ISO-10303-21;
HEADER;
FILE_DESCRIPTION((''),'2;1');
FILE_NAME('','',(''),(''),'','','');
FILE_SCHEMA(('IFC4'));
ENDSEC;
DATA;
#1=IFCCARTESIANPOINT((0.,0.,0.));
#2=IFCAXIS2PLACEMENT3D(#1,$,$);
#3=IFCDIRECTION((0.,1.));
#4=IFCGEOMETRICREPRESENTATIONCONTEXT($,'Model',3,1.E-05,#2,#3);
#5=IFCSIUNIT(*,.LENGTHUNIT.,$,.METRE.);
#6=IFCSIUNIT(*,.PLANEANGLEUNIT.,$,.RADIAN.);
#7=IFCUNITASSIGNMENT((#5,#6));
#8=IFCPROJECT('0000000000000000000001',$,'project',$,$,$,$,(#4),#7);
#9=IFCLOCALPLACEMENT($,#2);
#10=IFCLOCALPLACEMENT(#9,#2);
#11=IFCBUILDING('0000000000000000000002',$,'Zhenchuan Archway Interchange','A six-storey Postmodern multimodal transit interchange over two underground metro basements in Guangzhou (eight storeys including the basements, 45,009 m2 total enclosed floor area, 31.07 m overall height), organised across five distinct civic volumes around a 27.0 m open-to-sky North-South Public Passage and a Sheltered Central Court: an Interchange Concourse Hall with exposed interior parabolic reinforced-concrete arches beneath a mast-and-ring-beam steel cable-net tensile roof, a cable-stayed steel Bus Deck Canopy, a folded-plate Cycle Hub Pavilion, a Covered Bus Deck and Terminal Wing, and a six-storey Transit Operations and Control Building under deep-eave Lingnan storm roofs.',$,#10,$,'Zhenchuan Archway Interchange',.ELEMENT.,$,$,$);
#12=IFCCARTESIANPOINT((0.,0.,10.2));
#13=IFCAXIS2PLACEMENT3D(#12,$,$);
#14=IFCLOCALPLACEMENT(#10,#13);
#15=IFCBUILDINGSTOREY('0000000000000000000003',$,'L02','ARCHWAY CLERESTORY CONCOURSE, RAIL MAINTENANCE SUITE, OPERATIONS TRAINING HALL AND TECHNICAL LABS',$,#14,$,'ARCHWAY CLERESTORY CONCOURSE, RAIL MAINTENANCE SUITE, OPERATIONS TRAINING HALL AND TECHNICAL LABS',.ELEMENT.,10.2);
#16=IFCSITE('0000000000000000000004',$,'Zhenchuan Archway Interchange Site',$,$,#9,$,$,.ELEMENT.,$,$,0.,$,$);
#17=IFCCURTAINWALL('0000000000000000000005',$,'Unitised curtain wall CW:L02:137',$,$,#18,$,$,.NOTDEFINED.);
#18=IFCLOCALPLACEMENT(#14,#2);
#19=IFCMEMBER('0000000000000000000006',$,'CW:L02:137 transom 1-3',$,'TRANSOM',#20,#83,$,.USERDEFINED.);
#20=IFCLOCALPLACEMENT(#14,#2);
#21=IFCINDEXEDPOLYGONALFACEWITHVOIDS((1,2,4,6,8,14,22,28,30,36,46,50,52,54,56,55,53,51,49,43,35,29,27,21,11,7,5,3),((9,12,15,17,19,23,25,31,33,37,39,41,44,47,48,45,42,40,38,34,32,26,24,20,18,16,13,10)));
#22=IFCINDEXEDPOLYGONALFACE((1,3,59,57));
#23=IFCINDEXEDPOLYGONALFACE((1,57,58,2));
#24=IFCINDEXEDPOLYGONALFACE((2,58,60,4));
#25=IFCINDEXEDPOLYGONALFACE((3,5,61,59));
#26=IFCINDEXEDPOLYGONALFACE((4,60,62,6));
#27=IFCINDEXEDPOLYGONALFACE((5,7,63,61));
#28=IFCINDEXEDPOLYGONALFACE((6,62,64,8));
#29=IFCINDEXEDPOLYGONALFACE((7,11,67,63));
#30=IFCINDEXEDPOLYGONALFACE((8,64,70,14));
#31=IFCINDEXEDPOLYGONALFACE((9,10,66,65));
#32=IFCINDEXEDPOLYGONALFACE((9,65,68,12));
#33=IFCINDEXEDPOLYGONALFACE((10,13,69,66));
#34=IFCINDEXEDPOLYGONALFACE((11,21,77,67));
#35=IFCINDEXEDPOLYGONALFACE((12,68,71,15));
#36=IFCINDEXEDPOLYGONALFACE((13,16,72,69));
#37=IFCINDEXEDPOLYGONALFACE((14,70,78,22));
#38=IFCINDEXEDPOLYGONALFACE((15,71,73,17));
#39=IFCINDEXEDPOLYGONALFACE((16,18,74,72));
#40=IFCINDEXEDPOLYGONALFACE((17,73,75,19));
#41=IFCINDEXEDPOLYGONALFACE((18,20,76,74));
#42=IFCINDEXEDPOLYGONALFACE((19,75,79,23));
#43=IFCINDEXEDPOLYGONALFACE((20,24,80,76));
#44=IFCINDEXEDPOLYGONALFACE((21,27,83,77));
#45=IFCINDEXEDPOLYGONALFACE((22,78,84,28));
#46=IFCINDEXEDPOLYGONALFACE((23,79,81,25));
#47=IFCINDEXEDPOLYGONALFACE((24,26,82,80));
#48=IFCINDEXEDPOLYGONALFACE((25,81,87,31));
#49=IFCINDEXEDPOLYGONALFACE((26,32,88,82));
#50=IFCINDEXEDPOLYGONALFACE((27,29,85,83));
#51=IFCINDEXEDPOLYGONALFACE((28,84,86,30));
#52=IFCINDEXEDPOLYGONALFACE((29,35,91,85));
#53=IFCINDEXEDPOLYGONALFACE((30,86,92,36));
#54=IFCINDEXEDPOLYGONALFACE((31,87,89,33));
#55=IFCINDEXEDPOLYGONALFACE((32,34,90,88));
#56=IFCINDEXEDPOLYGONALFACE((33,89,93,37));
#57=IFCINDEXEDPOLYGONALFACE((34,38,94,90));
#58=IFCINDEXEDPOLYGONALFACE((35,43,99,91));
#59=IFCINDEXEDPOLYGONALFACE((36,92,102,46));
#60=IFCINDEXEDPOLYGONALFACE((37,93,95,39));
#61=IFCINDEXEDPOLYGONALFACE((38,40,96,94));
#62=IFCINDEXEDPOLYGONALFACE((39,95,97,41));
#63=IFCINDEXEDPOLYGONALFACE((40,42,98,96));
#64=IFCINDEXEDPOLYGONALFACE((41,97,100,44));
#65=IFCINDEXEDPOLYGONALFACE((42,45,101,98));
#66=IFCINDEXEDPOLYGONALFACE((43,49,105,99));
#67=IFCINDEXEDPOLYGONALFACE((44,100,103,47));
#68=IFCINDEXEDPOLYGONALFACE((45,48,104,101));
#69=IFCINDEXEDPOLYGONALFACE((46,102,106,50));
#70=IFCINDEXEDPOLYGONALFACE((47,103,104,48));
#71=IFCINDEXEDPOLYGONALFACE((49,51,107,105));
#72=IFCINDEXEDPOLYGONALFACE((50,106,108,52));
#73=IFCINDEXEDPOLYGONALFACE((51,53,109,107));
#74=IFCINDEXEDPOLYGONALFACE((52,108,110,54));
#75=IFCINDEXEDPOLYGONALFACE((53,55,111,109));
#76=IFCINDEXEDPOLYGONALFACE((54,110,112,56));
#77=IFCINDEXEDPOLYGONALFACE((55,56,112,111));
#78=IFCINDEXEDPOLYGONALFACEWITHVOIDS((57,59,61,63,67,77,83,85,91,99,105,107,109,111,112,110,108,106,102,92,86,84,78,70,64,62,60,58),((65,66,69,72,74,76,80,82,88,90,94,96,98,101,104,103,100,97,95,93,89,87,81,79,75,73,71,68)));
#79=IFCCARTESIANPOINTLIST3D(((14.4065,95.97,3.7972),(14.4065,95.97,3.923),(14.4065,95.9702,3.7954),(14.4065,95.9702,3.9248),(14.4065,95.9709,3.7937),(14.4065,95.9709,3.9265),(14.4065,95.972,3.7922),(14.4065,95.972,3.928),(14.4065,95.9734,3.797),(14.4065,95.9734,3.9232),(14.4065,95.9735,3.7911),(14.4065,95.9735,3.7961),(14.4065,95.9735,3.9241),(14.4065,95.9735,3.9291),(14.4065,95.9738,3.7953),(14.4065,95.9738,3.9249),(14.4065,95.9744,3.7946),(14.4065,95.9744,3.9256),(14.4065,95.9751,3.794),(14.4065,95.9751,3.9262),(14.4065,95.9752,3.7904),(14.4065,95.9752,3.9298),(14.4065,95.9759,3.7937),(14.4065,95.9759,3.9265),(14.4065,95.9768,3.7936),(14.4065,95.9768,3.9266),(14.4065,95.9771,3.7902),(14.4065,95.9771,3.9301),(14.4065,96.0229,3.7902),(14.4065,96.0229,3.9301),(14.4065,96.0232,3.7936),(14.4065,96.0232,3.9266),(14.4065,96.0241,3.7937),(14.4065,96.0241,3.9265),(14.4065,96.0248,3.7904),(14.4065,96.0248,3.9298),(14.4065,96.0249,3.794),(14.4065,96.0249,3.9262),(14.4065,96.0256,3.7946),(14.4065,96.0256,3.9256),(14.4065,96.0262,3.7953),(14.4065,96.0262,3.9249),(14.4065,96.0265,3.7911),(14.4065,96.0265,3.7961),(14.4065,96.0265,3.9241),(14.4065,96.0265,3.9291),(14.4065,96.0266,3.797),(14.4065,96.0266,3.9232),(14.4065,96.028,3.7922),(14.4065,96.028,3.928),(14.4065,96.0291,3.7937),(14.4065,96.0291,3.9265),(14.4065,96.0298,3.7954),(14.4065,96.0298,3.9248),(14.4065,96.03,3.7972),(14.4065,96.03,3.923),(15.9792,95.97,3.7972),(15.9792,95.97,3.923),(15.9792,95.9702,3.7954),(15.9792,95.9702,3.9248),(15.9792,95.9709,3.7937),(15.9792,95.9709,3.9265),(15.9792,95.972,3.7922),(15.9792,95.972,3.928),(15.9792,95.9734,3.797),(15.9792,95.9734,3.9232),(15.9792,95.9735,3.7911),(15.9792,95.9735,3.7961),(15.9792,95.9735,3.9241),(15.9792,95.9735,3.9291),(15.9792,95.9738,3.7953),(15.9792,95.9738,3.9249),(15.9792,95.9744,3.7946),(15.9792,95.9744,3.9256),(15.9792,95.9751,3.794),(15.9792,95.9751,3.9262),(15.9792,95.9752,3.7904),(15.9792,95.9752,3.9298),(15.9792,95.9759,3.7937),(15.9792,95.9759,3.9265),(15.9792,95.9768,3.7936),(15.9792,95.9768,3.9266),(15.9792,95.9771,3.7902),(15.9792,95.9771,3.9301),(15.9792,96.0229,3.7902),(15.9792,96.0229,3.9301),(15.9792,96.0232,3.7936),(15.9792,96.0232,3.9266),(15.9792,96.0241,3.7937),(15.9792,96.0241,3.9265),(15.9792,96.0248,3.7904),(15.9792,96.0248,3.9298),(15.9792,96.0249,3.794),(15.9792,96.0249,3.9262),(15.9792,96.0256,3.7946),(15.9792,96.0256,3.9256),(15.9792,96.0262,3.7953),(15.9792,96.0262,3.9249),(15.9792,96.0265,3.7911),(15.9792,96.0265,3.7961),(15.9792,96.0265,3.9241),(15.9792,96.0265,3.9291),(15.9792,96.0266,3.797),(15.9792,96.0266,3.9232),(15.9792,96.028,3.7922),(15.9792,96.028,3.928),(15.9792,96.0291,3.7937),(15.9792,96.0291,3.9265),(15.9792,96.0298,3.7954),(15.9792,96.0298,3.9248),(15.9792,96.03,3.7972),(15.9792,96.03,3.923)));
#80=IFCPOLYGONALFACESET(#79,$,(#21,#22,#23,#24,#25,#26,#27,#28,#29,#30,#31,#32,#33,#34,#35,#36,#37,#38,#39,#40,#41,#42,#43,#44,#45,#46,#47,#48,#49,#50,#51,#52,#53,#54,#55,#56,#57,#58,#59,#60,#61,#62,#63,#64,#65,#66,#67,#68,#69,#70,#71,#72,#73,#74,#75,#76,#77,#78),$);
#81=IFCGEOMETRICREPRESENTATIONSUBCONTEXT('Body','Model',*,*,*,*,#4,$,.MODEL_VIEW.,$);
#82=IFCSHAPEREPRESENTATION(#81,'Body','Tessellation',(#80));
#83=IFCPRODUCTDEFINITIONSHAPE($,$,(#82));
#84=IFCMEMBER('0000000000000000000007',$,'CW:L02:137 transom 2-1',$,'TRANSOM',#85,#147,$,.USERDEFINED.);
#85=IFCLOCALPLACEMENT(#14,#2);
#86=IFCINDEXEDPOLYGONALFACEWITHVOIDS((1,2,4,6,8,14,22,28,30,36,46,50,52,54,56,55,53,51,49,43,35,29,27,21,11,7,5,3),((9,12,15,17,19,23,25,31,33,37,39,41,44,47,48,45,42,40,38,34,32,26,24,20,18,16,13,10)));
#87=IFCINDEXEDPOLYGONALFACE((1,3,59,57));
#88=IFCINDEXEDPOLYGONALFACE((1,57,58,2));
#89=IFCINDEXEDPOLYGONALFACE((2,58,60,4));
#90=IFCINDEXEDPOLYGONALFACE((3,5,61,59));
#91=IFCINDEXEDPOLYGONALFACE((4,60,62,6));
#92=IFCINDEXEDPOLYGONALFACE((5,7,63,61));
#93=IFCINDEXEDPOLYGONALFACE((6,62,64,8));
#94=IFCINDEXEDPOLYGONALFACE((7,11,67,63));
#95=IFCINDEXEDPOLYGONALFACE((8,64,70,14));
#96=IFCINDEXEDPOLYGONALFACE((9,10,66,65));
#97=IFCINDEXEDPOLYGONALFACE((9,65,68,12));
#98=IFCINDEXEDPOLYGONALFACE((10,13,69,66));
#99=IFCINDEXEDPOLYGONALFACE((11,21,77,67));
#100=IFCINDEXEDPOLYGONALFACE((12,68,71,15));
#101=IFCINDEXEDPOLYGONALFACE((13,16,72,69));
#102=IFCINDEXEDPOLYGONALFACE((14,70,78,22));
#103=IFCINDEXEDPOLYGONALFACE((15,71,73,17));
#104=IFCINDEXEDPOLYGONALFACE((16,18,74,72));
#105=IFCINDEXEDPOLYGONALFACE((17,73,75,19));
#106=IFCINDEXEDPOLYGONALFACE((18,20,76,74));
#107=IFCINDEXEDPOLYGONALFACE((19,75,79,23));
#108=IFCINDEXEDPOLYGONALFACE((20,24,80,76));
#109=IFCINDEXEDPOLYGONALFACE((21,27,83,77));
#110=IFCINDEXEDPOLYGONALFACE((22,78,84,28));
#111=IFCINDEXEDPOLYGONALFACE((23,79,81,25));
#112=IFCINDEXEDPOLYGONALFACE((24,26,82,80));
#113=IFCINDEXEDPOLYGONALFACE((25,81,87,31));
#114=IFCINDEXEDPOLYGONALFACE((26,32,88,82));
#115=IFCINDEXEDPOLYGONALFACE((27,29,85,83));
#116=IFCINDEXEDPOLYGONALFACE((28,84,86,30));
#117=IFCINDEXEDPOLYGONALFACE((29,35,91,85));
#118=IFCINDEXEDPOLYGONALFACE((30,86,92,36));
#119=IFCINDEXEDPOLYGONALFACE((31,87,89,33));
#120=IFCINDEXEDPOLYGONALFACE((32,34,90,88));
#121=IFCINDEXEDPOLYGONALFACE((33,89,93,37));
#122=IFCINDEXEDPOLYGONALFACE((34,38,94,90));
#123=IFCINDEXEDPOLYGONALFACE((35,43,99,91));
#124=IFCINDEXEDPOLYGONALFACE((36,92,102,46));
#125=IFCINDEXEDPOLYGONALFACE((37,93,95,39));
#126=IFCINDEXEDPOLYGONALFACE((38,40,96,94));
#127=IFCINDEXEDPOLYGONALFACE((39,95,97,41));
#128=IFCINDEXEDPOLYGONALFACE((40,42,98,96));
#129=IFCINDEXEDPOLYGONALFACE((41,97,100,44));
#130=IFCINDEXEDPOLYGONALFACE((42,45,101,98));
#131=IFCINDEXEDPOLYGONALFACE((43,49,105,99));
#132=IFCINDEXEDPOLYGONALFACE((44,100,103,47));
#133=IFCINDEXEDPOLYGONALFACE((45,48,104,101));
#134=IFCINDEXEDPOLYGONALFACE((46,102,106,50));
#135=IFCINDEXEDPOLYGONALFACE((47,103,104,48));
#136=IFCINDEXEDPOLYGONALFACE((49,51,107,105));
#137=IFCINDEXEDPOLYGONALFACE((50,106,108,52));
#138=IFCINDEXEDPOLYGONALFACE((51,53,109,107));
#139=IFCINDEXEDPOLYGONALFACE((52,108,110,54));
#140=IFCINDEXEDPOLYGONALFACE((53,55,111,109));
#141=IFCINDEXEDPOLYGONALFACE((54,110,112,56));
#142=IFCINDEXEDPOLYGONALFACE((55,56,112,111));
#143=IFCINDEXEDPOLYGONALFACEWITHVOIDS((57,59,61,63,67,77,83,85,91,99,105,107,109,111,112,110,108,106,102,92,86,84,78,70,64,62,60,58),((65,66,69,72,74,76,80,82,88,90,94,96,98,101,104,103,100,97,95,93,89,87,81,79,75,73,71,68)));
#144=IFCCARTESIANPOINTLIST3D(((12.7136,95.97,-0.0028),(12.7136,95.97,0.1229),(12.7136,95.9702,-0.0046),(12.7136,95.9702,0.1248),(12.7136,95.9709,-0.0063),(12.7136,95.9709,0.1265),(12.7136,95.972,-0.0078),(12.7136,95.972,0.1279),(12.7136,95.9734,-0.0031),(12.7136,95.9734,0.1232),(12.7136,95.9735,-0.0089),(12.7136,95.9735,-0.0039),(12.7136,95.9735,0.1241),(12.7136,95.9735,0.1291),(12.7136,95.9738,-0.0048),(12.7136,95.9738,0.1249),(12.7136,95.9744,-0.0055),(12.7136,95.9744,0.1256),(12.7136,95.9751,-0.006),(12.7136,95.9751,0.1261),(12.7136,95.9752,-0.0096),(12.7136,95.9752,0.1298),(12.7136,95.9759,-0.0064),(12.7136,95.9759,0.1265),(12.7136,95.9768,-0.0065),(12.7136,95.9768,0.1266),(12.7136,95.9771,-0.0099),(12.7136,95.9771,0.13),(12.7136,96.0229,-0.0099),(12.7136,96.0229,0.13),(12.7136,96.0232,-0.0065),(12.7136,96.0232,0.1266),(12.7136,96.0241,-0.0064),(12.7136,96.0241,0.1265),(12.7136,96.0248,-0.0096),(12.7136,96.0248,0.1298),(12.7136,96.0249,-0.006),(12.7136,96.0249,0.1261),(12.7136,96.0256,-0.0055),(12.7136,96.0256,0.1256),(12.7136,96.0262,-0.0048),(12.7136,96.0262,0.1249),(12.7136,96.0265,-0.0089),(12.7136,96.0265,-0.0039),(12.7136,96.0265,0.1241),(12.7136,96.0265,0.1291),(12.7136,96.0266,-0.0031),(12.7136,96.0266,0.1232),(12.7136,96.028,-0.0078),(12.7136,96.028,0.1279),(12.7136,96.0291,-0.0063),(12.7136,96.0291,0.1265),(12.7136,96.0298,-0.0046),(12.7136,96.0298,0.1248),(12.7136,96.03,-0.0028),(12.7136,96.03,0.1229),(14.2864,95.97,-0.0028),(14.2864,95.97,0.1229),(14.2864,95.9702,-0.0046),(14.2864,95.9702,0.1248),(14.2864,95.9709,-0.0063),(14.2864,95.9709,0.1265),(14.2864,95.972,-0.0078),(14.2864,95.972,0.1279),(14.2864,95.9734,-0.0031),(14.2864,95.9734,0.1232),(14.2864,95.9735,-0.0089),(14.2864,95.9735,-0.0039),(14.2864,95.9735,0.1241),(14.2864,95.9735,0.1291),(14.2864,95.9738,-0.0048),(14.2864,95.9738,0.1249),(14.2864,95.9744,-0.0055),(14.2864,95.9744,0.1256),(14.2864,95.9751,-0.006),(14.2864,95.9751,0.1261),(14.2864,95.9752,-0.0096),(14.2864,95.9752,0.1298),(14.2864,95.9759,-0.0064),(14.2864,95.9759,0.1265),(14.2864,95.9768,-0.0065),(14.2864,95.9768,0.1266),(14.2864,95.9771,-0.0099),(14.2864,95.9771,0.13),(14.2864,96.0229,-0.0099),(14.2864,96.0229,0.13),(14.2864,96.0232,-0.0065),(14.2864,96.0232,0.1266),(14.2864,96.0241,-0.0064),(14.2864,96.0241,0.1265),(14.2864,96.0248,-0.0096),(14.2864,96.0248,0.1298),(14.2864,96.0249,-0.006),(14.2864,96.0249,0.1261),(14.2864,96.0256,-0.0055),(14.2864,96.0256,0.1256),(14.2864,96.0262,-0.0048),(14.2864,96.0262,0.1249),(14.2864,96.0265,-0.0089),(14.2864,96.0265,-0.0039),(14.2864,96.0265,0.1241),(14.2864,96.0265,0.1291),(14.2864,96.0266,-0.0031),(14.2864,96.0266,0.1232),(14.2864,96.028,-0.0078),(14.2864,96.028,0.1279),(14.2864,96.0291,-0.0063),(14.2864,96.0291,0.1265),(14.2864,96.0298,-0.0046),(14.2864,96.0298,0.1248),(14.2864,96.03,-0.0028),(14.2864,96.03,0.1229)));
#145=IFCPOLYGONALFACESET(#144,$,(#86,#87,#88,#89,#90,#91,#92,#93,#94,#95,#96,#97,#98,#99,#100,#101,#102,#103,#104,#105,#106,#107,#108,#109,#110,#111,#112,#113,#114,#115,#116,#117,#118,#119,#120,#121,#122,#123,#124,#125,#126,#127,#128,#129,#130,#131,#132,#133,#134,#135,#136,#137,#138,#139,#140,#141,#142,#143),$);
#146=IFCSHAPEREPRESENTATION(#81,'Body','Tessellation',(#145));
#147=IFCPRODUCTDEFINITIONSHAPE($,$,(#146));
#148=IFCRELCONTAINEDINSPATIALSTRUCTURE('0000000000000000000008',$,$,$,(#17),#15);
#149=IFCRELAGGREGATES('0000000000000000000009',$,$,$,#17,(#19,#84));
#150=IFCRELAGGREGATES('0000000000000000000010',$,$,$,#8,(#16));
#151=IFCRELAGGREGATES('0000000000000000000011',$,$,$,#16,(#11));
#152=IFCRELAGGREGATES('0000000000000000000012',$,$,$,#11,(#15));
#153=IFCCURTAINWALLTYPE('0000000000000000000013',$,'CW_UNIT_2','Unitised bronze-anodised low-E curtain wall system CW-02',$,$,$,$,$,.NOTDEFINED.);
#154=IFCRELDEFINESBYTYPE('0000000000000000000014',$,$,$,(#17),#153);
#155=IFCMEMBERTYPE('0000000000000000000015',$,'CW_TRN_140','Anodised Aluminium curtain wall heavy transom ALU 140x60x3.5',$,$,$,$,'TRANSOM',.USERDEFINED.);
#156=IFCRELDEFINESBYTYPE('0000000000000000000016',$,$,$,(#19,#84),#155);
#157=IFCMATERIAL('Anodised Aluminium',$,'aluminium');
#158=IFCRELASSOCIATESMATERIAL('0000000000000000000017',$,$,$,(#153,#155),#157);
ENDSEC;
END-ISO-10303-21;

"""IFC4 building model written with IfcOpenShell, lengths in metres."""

from ifc_helpers import new_model, si_unit, direction, frame, origin, origin_2d, place, context, subcontext, project, spatial, hollow_rectangle, extrude, material, material_profile, profile_set, type_object, element, aggregate, save


model = new_model("IFC4")

# Units and contexts
model_context = context("Model", 3, precision=1e-05, world=origin(), true_north=direction((0.0, 1.0)))
body_context = subcontext(model_context, "Body", "Model", "MODEL_VIEW")
ifc_project = project(units=[si_unit("LENGTHUNIT", "METRE"), si_unit("PLANEANGLEUNIT", "RADIAN")], contexts=[model_context])

# Site, building, storey
site_placement = place(None, origin())
site = spatial("IfcSite", under=ifc_project, at=site_placement, Name="Zhenchuan Archway Interchange Site", CompositionType="ELEMENT", RefElevation=0.0)
building_placement = place(site_placement, origin())
building = spatial("IfcBuilding", under=site, at=building_placement, Name="Zhenchuan Archway Interchange", Description="A six-storey Postmodern multimodal transit interchange over two underground metro basements in Guangzhou (eight storeys including the basements, 45,009 m2 total enclosed floor area, 31.07 m overall height), organised across five distinct civic volumes around a 27.0 m open-to-sky North-South Public Passage and a Sheltered Central Court: an Interchange Concourse Hall with exposed interior parabolic reinforced-concrete arches beneath a mast-and-ring-beam steel cable-net tensile roof, a cable-stayed steel Bus Deck Canopy, a folded-plate Cycle Hub Pavilion, a Covered Bus Deck and Terminal Wing, and a six-storey Transit Operations and Control Building under deep-eave Lingnan storm roofs.", LongName="Zhenchuan Archway Interchange", CompositionType="ELEMENT")
storey_placement = place(building_placement, frame((0.0, 0.0, 10.2)))
storey = spatial("IfcBuildingStorey", under=building, at=storey_placement, Name="L02", Description="ARCHWAY CLERESTORY CONCOURSE, RAIL MAINTENANCE SUITE, OPERATIONS TRAINING HALL AND TECHNICAL LABS", LongName="ARCHWAY CLERESTORY CONCOURSE, RAIL MAINTENANCE SUITE, OPERATIONS TRAINING HALL AND TECHNICAL LABS", CompositionType="ELEMENT", Elevation=10.2)

# Curtain wall, members
ifc_material_1 = material(Name="Anodised Aluminium", Category="aluminium")
curtain_wall_type = type_object("IfcCurtainWallType", Name="CW_UNIT_2", Description="Unitised bronze-anodised low-E curtain wall system CW-02", PredefinedType="NOTDEFINED", material=ifc_material_1)
curtain_wall_placement = place(storey_placement, origin())
curtain_wall = element("IfcCurtainWall", 1, at=curtain_wall_placement, inside=storey, type_object=curtain_wall_type, Name="Unitised curtain wall CW:L02:137", PredefinedType="NOTDEFINED")
ifc_material_profile_1 = material_profile(ifc_material_1, hollow_rectangle(XDim=0.0601, YDim=0.1399, WallThickness=0.0034, InnerFilletRadius=0.0034, OuterFilletRadius=0.0071, at=origin_2d()), Name="ALU 140x60x3.5")
ifc_profile_set_1 = profile_set([ifc_material_profile_1], Name="Anodised Aluminium")
member_type_1 = type_object("IfcMemberType", Name="CW_TRN_140", Description="Anodised Aluminium curtain wall heavy transom ALU 140x60x3.5", ElementType="TRANSOM", PredefinedType="USERDEFINED", material=ifc_profile_set_1)
member_1_placement = place(storey_placement, frame((15.9792, 96.0, 3.8601), z_axis=(-1.0, 0.0, 0.0), x_axis=(0.0, -1.0, 0.0)))
member_1 = element("IfcMember", 2, at=member_1_placement, type_object=member_type_1, Name="CW:L02:137 transom 1-3", ObjectType="TRANSOM", PredefinedType="USERDEFINED", context=body_context, shape_type="SweptSolid", body=[
    extrude(hollow_rectangle(XDim=0.0601, YDim=0.1399, WallThickness=0.0034, InnerFilletRadius=0.0034, OuterFilletRadius=0.0071, at=origin_2d()), origin(), (0.0, 0.0, 1.0), 1.5728),
])
member_2_placement = place(storey_placement, frame((14.2864, 96.0, 0.0601), z_axis=(-1.0, 0.0, 0.0), x_axis=(0.0, -1.0, 0.0)))
member_2 = element("IfcMember", 3, at=member_2_placement, type_object=member_type_1, Name="CW:L02:137 transom 2-1", ObjectType="TRANSOM", PredefinedType="USERDEFINED", context=body_context, shape_type="SweptSolid", body=[
    extrude(hollow_rectangle(XDim=0.0601, YDim=0.1399, WallThickness=0.0034, InnerFilletRadius=0.0034, OuterFilletRadius=0.0071, at=origin_2d()), origin(), (0.0, 0.0, 1.0), 1.5728),
])

aggregate(curtain_wall, [member_1, member_2])

save(model, "model.ifc")
